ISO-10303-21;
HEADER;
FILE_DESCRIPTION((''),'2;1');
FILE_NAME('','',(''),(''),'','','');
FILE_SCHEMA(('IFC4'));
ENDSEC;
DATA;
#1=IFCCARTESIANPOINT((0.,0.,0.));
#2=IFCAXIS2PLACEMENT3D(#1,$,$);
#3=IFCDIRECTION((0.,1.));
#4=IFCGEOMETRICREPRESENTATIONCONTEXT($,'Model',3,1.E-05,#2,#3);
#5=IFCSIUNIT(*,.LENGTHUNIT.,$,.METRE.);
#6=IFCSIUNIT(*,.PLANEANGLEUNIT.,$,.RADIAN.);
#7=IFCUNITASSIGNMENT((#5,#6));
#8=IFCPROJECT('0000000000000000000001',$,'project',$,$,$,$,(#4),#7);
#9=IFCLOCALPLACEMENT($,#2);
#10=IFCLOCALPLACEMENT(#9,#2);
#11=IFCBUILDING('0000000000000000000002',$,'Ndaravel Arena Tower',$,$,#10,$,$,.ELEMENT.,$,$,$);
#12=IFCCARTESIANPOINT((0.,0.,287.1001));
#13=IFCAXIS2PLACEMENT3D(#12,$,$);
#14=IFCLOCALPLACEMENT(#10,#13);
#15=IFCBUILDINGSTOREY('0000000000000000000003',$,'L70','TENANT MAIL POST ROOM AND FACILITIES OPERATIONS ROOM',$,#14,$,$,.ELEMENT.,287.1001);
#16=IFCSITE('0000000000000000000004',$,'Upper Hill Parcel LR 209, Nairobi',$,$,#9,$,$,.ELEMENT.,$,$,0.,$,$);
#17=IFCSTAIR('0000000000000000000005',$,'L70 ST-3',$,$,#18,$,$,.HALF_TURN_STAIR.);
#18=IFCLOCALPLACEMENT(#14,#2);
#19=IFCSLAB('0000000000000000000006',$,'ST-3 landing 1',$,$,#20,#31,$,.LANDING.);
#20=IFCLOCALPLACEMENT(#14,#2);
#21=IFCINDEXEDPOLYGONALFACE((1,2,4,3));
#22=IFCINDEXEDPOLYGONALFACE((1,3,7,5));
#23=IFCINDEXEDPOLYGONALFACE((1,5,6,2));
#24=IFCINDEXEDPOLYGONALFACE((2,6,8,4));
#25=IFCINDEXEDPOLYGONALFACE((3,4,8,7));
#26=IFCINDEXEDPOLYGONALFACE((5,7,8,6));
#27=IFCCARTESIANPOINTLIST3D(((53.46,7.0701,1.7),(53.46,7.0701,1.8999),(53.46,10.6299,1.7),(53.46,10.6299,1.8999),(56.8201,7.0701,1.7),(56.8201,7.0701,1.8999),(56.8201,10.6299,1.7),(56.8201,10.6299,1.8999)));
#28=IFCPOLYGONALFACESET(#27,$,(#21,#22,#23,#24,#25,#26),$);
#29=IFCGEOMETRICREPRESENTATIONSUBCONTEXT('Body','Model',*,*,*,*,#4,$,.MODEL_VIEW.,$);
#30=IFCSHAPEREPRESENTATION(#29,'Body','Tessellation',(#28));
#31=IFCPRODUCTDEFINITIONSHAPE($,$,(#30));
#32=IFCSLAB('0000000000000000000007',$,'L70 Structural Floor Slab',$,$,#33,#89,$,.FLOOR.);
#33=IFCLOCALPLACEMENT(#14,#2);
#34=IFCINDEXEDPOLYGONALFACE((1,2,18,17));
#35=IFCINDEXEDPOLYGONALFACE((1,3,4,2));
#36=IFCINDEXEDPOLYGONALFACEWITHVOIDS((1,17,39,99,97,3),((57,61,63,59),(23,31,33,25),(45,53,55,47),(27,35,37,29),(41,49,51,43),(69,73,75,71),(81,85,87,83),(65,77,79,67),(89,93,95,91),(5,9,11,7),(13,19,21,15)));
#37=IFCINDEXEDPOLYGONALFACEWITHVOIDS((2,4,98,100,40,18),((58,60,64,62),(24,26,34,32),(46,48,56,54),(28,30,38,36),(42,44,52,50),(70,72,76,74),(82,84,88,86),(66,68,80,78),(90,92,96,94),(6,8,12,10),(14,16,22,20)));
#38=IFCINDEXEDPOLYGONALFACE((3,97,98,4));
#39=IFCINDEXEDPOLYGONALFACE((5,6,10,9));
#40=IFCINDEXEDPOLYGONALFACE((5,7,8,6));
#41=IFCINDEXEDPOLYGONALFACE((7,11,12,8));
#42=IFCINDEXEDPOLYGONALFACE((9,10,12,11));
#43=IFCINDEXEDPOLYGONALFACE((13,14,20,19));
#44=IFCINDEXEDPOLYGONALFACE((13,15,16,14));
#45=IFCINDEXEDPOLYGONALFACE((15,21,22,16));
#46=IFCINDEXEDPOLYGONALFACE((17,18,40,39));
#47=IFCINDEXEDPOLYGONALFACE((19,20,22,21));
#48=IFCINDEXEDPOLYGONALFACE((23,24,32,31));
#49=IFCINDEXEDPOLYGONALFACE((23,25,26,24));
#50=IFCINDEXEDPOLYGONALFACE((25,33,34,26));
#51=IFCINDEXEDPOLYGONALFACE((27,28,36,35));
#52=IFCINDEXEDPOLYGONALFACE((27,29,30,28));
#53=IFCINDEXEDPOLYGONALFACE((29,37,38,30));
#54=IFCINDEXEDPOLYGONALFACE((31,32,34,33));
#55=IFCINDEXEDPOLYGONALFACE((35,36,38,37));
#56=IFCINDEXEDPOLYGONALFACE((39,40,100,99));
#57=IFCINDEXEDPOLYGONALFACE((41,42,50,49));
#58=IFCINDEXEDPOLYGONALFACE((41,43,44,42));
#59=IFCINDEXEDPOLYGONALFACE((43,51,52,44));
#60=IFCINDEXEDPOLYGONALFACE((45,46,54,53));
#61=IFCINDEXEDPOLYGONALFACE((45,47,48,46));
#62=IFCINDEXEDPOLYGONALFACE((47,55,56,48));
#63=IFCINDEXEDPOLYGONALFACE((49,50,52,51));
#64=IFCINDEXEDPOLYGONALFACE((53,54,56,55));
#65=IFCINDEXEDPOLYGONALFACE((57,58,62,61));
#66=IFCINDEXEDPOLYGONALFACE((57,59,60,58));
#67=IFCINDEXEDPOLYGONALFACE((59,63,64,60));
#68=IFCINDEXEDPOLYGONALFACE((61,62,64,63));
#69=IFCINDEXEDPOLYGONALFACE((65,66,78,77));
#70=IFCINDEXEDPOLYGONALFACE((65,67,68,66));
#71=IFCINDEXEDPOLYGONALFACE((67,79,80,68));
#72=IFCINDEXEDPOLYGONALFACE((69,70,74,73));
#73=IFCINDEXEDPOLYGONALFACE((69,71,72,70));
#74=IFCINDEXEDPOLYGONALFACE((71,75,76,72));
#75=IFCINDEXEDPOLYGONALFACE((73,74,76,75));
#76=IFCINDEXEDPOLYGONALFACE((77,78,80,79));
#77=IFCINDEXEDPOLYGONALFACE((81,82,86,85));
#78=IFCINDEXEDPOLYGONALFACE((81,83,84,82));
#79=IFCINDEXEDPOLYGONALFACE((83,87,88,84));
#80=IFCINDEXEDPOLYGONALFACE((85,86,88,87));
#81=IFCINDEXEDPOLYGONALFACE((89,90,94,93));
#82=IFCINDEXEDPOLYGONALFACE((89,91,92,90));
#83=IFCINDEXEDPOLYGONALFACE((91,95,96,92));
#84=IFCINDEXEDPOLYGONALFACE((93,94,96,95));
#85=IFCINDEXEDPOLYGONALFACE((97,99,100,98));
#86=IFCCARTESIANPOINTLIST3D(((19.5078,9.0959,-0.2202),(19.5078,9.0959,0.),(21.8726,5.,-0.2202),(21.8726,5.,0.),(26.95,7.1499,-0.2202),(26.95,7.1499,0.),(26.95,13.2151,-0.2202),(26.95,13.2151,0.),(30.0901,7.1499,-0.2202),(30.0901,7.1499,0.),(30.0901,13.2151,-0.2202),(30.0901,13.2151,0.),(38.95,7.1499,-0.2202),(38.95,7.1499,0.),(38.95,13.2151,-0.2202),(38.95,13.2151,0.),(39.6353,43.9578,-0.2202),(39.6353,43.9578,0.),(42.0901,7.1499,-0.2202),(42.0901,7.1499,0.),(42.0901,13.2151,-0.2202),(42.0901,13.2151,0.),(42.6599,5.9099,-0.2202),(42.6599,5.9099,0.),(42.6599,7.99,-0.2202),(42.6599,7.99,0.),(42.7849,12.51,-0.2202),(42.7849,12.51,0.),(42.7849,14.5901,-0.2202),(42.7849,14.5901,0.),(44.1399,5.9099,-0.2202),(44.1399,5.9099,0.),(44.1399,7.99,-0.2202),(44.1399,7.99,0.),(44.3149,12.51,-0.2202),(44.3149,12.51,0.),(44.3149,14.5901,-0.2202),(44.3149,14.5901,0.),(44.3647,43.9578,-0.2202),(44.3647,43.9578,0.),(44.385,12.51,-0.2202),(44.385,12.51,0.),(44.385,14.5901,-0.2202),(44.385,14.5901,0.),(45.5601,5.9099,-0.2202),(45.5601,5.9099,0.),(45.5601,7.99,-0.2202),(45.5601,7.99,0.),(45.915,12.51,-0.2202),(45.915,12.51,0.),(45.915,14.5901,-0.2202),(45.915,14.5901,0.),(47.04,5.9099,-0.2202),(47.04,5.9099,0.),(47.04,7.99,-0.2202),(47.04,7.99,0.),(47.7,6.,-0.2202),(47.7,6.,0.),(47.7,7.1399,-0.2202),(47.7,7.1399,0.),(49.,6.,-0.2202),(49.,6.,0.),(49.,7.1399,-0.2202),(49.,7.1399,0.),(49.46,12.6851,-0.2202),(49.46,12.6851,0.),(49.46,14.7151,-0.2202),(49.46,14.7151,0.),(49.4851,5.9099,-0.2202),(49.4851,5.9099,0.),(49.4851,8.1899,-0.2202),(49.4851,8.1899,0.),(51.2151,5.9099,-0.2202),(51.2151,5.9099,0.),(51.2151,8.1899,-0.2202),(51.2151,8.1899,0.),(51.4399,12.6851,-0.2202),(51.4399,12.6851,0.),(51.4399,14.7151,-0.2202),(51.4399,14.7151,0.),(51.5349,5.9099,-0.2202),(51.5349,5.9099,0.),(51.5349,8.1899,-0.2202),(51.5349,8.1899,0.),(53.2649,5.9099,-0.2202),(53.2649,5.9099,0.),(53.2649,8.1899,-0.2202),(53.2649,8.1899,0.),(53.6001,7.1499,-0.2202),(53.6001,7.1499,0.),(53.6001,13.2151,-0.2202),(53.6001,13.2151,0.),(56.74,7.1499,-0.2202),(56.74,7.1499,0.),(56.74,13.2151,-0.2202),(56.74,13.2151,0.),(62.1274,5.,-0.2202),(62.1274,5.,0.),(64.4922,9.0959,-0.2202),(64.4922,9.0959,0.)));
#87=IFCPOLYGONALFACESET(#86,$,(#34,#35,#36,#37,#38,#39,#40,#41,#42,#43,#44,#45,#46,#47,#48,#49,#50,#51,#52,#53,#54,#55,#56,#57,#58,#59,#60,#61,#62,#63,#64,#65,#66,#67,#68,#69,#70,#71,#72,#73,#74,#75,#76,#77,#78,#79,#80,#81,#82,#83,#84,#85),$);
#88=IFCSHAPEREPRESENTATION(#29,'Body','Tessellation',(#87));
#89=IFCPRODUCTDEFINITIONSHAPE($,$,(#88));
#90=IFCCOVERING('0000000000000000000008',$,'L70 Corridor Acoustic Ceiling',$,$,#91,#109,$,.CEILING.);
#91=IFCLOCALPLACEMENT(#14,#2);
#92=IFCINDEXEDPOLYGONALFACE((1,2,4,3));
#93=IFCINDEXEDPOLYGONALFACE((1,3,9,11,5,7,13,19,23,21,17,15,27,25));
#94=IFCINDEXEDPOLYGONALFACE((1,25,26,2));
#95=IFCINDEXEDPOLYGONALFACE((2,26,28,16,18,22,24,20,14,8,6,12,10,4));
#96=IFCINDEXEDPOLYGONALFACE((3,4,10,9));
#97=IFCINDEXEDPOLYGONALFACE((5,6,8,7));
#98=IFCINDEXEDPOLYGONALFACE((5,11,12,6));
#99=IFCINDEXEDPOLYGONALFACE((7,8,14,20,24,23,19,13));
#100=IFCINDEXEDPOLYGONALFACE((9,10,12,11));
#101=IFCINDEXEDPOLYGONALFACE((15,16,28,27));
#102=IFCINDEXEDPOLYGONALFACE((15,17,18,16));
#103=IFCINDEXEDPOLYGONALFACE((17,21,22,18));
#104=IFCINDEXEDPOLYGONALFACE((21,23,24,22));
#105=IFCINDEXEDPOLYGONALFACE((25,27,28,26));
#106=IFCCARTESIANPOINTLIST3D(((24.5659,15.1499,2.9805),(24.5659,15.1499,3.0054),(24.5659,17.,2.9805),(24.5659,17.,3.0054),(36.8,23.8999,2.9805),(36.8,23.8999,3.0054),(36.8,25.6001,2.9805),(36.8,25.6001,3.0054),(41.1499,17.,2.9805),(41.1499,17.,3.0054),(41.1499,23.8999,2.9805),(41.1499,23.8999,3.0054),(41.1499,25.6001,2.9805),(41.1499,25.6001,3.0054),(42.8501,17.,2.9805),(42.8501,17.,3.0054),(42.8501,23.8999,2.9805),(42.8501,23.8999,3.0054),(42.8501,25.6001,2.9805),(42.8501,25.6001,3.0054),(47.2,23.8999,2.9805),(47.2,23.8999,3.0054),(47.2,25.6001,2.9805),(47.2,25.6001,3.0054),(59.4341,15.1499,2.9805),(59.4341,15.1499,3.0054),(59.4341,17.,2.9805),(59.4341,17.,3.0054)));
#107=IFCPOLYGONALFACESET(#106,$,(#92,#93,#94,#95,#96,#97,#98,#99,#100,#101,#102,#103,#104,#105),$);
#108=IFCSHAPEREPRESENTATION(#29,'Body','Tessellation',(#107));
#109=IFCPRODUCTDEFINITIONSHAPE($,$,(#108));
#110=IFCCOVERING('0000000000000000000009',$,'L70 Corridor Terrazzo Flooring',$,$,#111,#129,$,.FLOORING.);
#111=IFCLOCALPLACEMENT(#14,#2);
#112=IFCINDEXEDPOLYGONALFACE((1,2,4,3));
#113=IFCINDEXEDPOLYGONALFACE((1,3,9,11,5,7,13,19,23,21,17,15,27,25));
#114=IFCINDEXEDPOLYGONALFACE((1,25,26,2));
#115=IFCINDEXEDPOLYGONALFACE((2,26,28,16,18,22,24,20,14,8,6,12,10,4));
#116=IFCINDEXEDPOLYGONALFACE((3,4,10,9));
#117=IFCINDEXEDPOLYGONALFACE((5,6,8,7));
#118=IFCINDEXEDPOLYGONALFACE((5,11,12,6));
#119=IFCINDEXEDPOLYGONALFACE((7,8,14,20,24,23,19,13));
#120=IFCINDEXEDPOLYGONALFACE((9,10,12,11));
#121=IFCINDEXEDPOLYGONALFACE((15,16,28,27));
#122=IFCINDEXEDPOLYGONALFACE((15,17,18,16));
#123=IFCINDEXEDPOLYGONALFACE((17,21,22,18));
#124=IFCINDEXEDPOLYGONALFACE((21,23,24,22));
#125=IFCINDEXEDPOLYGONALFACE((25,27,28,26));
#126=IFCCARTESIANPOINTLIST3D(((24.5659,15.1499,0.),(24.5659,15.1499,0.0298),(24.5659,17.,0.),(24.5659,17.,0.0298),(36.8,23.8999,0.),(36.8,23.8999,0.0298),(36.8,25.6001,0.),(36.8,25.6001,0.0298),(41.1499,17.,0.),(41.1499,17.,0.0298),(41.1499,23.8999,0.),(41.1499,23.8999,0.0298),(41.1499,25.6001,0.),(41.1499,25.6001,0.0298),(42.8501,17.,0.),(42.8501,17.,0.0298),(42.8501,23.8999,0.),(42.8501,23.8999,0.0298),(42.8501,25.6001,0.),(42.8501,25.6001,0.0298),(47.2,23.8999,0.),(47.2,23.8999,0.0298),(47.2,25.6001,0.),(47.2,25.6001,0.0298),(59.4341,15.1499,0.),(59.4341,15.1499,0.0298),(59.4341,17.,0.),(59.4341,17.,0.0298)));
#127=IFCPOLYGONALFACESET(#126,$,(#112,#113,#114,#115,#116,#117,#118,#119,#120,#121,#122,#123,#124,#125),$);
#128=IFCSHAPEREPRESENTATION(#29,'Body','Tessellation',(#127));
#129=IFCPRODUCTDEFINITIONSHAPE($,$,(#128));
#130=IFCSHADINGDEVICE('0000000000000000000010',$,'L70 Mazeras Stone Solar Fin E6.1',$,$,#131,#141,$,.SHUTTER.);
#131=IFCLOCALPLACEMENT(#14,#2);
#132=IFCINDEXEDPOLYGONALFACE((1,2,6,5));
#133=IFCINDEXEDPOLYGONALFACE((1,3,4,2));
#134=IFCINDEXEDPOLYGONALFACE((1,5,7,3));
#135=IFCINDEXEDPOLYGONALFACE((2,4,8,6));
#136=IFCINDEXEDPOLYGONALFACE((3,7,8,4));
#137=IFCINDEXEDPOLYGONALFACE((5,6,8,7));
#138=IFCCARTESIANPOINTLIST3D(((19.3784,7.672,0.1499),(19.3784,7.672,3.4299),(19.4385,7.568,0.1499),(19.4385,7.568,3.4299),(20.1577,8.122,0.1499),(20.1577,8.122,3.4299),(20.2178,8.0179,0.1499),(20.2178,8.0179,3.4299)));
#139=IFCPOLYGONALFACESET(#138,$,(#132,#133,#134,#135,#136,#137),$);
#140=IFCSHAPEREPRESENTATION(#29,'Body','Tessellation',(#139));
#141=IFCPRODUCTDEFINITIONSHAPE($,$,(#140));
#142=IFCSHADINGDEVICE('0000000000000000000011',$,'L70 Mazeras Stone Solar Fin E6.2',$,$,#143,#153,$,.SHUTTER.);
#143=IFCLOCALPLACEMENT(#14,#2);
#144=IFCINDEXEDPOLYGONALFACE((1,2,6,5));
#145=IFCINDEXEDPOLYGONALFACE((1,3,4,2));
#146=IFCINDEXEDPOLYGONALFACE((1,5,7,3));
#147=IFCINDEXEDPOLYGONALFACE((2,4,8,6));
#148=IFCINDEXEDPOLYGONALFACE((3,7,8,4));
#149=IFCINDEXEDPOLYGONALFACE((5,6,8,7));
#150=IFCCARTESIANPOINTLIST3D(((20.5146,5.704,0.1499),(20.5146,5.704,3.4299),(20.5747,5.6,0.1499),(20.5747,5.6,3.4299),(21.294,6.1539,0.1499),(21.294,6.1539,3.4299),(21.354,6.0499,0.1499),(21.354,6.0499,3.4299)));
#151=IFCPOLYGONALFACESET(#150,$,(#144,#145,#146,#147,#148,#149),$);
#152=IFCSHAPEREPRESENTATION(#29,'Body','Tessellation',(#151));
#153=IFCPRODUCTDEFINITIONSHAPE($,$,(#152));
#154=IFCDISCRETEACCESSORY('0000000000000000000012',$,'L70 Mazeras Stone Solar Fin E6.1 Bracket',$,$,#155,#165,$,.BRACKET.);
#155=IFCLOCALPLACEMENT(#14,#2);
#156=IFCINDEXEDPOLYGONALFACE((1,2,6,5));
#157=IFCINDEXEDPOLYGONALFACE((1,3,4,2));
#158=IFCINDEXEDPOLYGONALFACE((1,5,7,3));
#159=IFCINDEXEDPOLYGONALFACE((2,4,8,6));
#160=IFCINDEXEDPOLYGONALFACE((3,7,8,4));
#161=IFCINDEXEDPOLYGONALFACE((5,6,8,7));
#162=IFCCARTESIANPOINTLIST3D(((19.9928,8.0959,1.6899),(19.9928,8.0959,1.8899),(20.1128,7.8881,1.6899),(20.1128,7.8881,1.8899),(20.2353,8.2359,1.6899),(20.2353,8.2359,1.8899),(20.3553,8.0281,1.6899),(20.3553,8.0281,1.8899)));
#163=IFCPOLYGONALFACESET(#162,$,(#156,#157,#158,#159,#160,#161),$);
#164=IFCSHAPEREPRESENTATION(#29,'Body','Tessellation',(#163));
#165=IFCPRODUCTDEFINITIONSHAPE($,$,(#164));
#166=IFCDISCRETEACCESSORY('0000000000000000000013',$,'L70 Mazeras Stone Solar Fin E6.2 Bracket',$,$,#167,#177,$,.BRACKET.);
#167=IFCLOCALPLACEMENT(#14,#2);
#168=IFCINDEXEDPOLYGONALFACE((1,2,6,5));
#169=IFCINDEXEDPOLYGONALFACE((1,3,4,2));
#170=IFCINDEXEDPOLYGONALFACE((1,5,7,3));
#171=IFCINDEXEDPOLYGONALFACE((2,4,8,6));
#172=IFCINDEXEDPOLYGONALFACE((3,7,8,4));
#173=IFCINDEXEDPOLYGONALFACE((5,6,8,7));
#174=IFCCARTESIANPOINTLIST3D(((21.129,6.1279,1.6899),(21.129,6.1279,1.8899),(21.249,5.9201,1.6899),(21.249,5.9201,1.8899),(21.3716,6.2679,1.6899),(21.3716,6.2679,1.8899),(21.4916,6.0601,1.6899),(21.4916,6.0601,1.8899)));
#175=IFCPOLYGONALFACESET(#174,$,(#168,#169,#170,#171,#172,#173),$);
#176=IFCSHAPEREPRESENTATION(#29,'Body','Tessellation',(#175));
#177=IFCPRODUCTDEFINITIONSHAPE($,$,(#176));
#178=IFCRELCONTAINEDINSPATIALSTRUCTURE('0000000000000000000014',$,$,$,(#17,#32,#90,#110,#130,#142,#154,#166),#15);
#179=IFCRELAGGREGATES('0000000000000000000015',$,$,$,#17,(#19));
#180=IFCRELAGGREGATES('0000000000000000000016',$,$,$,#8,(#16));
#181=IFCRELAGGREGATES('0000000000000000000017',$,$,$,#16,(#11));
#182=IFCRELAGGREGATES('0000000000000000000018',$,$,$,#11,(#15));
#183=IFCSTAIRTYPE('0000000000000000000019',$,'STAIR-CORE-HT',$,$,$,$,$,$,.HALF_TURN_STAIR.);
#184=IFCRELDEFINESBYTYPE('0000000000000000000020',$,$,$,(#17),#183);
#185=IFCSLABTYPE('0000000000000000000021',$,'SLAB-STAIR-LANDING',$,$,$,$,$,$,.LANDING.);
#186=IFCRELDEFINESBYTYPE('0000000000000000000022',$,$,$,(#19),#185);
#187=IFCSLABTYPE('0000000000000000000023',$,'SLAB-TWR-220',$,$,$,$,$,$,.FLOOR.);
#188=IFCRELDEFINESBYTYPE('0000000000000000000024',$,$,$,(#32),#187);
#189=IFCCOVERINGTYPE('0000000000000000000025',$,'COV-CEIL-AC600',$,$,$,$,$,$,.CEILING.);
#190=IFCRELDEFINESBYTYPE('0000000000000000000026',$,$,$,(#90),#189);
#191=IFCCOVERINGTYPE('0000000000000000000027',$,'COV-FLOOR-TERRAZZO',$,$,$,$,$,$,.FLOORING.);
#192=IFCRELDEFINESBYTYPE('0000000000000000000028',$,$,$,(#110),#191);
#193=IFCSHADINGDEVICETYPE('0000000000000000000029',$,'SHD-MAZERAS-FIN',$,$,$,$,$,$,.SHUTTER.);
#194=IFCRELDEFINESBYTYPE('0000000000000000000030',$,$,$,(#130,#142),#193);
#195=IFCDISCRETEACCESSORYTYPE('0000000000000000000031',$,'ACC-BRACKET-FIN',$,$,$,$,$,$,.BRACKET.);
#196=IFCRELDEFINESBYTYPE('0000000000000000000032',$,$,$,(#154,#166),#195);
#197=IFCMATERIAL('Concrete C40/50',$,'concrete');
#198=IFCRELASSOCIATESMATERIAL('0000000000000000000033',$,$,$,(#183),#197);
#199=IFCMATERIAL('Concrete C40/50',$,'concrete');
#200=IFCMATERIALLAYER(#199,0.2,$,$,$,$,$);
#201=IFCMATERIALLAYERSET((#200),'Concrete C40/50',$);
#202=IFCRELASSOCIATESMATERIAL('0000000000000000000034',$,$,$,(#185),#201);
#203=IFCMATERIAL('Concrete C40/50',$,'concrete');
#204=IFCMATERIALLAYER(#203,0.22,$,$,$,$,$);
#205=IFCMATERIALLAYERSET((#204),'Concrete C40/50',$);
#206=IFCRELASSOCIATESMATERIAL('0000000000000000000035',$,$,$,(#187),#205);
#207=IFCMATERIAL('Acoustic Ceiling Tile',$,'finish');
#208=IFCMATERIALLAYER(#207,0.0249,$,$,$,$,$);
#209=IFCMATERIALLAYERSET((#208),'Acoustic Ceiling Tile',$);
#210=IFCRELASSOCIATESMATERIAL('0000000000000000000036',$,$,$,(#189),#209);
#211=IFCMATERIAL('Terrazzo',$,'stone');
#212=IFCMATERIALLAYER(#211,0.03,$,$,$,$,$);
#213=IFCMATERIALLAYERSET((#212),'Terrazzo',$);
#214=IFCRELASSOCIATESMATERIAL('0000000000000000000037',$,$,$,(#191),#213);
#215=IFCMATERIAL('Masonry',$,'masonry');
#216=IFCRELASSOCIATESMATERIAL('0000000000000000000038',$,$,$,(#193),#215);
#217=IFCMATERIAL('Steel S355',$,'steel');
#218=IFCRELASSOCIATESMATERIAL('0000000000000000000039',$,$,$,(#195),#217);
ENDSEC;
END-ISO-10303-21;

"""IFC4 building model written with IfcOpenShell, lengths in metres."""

from ifc_helpers import new_model, si_unit, direction, frame, origin, origin_2d, place, context, subcontext, project, spatial, polyline, rectangle, outline, extrude, material, layer, layer_set, type_object, element, aggregate, save


model = new_model("IFC4")

# Units and contexts
model_context = context("Model", 3, precision=1e-05, world=origin(), true_north=direction((0.0, 1.0)))
body_context = subcontext(model_context, "Body", "Model", "MODEL_VIEW")
ifc_project = project(units=[si_unit("LENGTHUNIT", "METRE"), si_unit("PLANEANGLEUNIT", "RADIAN")], contexts=[model_context])

# Site, building, storey
site_placement = place(None, origin())
site = spatial("IfcSite", under=ifc_project, at=site_placement, Name="Upper Hill Parcel LR 209, Nairobi", CompositionType="ELEMENT", RefElevation=0.0)
building_placement = place(site_placement, origin())
building = spatial("IfcBuilding", under=site, at=building_placement, Name="Ndaravel Arena Tower", CompositionType="ELEMENT")
storey_placement = place(building_placement, frame((0.0, 0.0, 287.1001)))
storey = spatial("IfcBuildingStorey", under=building, at=storey_placement, Name="L70", Description="TENANT MAIL POST ROOM AND FACILITIES OPERATIONS ROOM", CompositionType="ELEMENT", Elevation=287.1001)

# Stair, slab
ifc_material_1 = material(Name="Concrete C40/50", Category="concrete")
stair_type = type_object("IfcStairType", Name="STAIR-CORE-HT", PredefinedType="HALF_TURN_STAIR", material=ifc_material_1)
ifc_material_2 = material(Name="Concrete C40/50", Category="concrete")
ifc_layer_1 = layer(ifc_material_2, 0.2)
ifc_layer_set_1 = layer_set([ifc_layer_1], Name="Concrete C40/50")
slab_type_1 = type_object("IfcSlabType", Name="SLAB-STAIR-LANDING", PredefinedType="LANDING", material=ifc_layer_set_1)
stair_1_placement = place(storey_placement, origin())
stair_1 = element("IfcStair", 1, at=stair_1_placement, inside=storey, type_object=stair_type, Name="L70 ST-3", PredefinedType="HALF_TURN_STAIR")
slab_1_placement = place(storey_placement, frame((0.0, 0.0, 1.7)))
slab_1 = element("IfcSlab", 2, at=slab_1_placement, type_object=slab_type_1, Name="ST-3 landing 1", PredefinedType="LANDING", context=body_context, shape_type="SweptSolid", body=[
    extrude(outline(polyline([(53.46, 10.6299), (53.46, 7.0701), (56.8201, 7.0701), (56.8201, 10.6299), (53.46, 10.6299)])), origin(), (0.0, 0.0, 1.0), 0.2),
])
aggregate(stair_1, [slab_1])

# Slab
ifc_material_3 = material(Name="Concrete C40/50", Category="concrete")
ifc_layer_2 = layer(ifc_material_3, 0.22)
ifc_layer_set_2 = layer_set([ifc_layer_2], Name="Concrete C40/50")
slab_type_2 = type_object("IfcSlabType", Name="SLAB-TWR-220", PredefinedType="FLOOR", material=ifc_layer_set_2)
slab_2_placement = place(storey_placement, frame((0.0, 0.0, -0.2202)))
element("IfcSlab", 3, at=slab_2_placement, inside=storey, type_object=slab_type_2, Name="L70 Structural Floor Slab", PredefinedType="FLOOR", context=body_context, shape_type="SweptSolid", body=[
    extrude(outline(polyline([(19.5078, 9.0959), (21.8726, 5.0), (62.1274, 5.0), (64.4922, 9.0959), (44.3647, 43.9578), (39.6353, 43.9578), (19.5078, 9.0959)]), holes=[polyline([(26.95, 13.2151), (26.95, 7.1499), (30.0901, 7.1499), (30.0901, 13.2151), (26.95, 13.2151)]), polyline([(38.95, 13.2151), (38.95, 7.1499), (42.0901, 7.1499), (42.0901, 13.2151), (38.95, 13.2151)]), polyline([(53.6001, 13.2151), (53.6001, 7.1499), (56.74, 7.1499), (56.74, 13.2151), (53.6001, 13.2151)]), polyline([(42.6599, 5.9099), (44.1399, 5.9099), (44.1399, 7.99), (42.6599, 7.99), (42.6599, 5.9099)]), polyline([(45.5601, 5.9099), (47.04, 5.9099), (47.04, 7.99), (45.5601, 7.99), (45.5601, 5.9099)]), polyline([(42.7849, 12.51), (44.3149, 12.51), (44.3149, 14.5901), (42.7849, 14.5901), (42.7849, 12.51)]), polyline([(44.385, 12.51), (45.915, 12.51), (45.915, 14.5901), (44.385, 14.5901), (44.385, 12.51)]), polyline([(49.4851, 5.9099), (51.2151, 5.9099), (51.2151, 8.1899), (49.4851, 8.1899), (49.4851, 5.9099)]), polyline([(51.5349, 5.9099), (53.2649, 5.9099), (53.2649, 8.1899), (51.5349, 8.1899), (51.5349, 5.9099)]), polyline([(49.46, 12.6851), (51.4399, 12.6851), (51.4399, 14.7151), (49.46, 14.7151), (49.46, 12.6851)]), polyline([(47.7, 6.0), (49.0, 6.0), (49.0, 7.1399), (47.7, 7.1399), (47.7, 6.0)])]), origin(), (0.0, 0.0, 1.0), 0.2202),
])

# Coverings
ifc_material_4 = material(Name="Acoustic Ceiling Tile", Category="finish")
ifc_layer_3 = layer(ifc_material_4, 0.0249)
ifc_layer_set_3 = layer_set([ifc_layer_3], Name="Acoustic Ceiling Tile")
covering_type_1 = type_object("IfcCoveringType", Name="COV-CEIL-AC600", PredefinedType="CEILING", material=ifc_layer_set_3)
covering_1_placement = place(storey_placement, frame((0.0, 0.0, 2.9805)))
element("IfcCovering", 4, at=covering_1_placement, inside=storey, type_object=covering_type_1, Name="L70 Corridor Acoustic Ceiling", PredefinedType="CEILING", context=body_context, shape_type="SweptSolid", body=[
    extrude(outline(polyline([(59.4341, 17.0), (42.8501, 17.0), (42.8501, 23.8999), (47.2, 23.8999), (47.2, 25.6001), (42.8501, 25.6001), (41.1499, 25.6001), (36.8, 25.6001), (36.8, 23.8999), (41.1499, 23.8999), (41.1499, 17.0), (24.5659, 17.0), (24.5659, 15.1499), (59.4341, 15.1499), (59.4341, 17.0)])), origin(), (0.0, 0.0, 1.0), 0.0249),
])
ifc_material_5 = material(Name="Terrazzo", Category="stone")
ifc_layer_4 = layer(ifc_material_5, 0.03)
ifc_layer_set_4 = layer_set([ifc_layer_4], Name="Terrazzo")
covering_type_2 = type_object("IfcCoveringType", Name="COV-FLOOR-TERRAZZO", PredefinedType="FLOORING", material=ifc_layer_set_4)
covering_2_placement = place(storey_placement, origin())
element("IfcCovering", 5, at=covering_2_placement, inside=storey, type_object=covering_type_2, Name="L70 Corridor Terrazzo Flooring", PredefinedType="FLOORING", context=body_context, shape_type="SweptSolid", body=[
    extrude(outline(polyline([(59.4341, 17.0), (42.8501, 17.0), (42.8501, 23.8999), (47.2, 23.8999), (47.2, 25.6001), (42.8501, 25.6001), (41.1499, 25.6001), (36.8, 25.6001), (36.8, 23.8999), (41.1499, 23.8999), (41.1499, 17.0), (24.5659, 17.0), (24.5659, 15.1499), (59.4341, 15.1499), (59.4341, 17.0)])), origin(), (0.0, 0.0, 1.0), 0.0298),
])

# Shading devices
ifc_material_6 = material(Name="Masonry", Category="masonry")
shading_device_type = type_object("IfcShadingDeviceType", Name="SHD-MAZERAS-FIN", PredefinedType="SHUTTER", material=ifc_material_6)
for number, where, z_axis, x_axis, name in (
    (6, (19.7981, 7.845, 0.1499), (0.0, 0.0, 1.0), (-0.866025, -0.5, 0.0), "L70 Mazeras Stone Solar Fin E6.1"),
    (7, (20.9343, 5.877, 0.1499), (0.0, 0.0, 1.0), (-0.866025, -0.5, 0.0), "L70 Mazeras Stone Solar Fin E6.2"),
):
    element("IfcShadingDevice", number, at=place(storey_placement, frame(where, z_axis=z_axis, x_axis=x_axis)), inside=storey, type_object=shading_device_type, Name=name, PredefinedType="SHUTTER", context=body_context, shape_type="SweptSolid", body=[
        extrude(rectangle(XDim=0.8999, YDim=0.1201, at=origin_2d()), origin(), (0.0, 0.0, 1.0), 3.28),
    ])

# Discrete accessories
ifc_material_7 = material(Name="Steel S355", Category="steel")
discrete_accessory_type = type_object("IfcDiscreteAccessoryType", Name="ACC-BRACKET-FIN", PredefinedType="BRACKET", material=ifc_material_7)
for number, where, z_axis, x_axis, name in (
    (8, (20.1741, 8.062, 1.6899), (0.0, 0.0, 1.0), (-0.866025, -0.5, 0.0), "L70 Mazeras Stone Solar Fin E6.1 Bracket"),
    (9, (21.3103, 6.094, 1.6899), (0.0, 0.0, 1.0), (-0.866025, -0.5, 0.0), "L70 Mazeras Stone Solar Fin E6.2 Bracket"),
):
    element("IfcDiscreteAccessory", number, at=place(storey_placement, frame(where, z_axis=z_axis, x_axis=x_axis)), inside=storey, type_object=discrete_accessory_type, Name=name, PredefinedType="BRACKET", context=body_context, shape_type="SweptSolid", body=[
        extrude(rectangle(XDim=0.28, YDim=0.24, at=origin_2d()), origin(), (0.0, 0.0, 1.0), 0.2),
    ])

save(model, "model.ifc")
